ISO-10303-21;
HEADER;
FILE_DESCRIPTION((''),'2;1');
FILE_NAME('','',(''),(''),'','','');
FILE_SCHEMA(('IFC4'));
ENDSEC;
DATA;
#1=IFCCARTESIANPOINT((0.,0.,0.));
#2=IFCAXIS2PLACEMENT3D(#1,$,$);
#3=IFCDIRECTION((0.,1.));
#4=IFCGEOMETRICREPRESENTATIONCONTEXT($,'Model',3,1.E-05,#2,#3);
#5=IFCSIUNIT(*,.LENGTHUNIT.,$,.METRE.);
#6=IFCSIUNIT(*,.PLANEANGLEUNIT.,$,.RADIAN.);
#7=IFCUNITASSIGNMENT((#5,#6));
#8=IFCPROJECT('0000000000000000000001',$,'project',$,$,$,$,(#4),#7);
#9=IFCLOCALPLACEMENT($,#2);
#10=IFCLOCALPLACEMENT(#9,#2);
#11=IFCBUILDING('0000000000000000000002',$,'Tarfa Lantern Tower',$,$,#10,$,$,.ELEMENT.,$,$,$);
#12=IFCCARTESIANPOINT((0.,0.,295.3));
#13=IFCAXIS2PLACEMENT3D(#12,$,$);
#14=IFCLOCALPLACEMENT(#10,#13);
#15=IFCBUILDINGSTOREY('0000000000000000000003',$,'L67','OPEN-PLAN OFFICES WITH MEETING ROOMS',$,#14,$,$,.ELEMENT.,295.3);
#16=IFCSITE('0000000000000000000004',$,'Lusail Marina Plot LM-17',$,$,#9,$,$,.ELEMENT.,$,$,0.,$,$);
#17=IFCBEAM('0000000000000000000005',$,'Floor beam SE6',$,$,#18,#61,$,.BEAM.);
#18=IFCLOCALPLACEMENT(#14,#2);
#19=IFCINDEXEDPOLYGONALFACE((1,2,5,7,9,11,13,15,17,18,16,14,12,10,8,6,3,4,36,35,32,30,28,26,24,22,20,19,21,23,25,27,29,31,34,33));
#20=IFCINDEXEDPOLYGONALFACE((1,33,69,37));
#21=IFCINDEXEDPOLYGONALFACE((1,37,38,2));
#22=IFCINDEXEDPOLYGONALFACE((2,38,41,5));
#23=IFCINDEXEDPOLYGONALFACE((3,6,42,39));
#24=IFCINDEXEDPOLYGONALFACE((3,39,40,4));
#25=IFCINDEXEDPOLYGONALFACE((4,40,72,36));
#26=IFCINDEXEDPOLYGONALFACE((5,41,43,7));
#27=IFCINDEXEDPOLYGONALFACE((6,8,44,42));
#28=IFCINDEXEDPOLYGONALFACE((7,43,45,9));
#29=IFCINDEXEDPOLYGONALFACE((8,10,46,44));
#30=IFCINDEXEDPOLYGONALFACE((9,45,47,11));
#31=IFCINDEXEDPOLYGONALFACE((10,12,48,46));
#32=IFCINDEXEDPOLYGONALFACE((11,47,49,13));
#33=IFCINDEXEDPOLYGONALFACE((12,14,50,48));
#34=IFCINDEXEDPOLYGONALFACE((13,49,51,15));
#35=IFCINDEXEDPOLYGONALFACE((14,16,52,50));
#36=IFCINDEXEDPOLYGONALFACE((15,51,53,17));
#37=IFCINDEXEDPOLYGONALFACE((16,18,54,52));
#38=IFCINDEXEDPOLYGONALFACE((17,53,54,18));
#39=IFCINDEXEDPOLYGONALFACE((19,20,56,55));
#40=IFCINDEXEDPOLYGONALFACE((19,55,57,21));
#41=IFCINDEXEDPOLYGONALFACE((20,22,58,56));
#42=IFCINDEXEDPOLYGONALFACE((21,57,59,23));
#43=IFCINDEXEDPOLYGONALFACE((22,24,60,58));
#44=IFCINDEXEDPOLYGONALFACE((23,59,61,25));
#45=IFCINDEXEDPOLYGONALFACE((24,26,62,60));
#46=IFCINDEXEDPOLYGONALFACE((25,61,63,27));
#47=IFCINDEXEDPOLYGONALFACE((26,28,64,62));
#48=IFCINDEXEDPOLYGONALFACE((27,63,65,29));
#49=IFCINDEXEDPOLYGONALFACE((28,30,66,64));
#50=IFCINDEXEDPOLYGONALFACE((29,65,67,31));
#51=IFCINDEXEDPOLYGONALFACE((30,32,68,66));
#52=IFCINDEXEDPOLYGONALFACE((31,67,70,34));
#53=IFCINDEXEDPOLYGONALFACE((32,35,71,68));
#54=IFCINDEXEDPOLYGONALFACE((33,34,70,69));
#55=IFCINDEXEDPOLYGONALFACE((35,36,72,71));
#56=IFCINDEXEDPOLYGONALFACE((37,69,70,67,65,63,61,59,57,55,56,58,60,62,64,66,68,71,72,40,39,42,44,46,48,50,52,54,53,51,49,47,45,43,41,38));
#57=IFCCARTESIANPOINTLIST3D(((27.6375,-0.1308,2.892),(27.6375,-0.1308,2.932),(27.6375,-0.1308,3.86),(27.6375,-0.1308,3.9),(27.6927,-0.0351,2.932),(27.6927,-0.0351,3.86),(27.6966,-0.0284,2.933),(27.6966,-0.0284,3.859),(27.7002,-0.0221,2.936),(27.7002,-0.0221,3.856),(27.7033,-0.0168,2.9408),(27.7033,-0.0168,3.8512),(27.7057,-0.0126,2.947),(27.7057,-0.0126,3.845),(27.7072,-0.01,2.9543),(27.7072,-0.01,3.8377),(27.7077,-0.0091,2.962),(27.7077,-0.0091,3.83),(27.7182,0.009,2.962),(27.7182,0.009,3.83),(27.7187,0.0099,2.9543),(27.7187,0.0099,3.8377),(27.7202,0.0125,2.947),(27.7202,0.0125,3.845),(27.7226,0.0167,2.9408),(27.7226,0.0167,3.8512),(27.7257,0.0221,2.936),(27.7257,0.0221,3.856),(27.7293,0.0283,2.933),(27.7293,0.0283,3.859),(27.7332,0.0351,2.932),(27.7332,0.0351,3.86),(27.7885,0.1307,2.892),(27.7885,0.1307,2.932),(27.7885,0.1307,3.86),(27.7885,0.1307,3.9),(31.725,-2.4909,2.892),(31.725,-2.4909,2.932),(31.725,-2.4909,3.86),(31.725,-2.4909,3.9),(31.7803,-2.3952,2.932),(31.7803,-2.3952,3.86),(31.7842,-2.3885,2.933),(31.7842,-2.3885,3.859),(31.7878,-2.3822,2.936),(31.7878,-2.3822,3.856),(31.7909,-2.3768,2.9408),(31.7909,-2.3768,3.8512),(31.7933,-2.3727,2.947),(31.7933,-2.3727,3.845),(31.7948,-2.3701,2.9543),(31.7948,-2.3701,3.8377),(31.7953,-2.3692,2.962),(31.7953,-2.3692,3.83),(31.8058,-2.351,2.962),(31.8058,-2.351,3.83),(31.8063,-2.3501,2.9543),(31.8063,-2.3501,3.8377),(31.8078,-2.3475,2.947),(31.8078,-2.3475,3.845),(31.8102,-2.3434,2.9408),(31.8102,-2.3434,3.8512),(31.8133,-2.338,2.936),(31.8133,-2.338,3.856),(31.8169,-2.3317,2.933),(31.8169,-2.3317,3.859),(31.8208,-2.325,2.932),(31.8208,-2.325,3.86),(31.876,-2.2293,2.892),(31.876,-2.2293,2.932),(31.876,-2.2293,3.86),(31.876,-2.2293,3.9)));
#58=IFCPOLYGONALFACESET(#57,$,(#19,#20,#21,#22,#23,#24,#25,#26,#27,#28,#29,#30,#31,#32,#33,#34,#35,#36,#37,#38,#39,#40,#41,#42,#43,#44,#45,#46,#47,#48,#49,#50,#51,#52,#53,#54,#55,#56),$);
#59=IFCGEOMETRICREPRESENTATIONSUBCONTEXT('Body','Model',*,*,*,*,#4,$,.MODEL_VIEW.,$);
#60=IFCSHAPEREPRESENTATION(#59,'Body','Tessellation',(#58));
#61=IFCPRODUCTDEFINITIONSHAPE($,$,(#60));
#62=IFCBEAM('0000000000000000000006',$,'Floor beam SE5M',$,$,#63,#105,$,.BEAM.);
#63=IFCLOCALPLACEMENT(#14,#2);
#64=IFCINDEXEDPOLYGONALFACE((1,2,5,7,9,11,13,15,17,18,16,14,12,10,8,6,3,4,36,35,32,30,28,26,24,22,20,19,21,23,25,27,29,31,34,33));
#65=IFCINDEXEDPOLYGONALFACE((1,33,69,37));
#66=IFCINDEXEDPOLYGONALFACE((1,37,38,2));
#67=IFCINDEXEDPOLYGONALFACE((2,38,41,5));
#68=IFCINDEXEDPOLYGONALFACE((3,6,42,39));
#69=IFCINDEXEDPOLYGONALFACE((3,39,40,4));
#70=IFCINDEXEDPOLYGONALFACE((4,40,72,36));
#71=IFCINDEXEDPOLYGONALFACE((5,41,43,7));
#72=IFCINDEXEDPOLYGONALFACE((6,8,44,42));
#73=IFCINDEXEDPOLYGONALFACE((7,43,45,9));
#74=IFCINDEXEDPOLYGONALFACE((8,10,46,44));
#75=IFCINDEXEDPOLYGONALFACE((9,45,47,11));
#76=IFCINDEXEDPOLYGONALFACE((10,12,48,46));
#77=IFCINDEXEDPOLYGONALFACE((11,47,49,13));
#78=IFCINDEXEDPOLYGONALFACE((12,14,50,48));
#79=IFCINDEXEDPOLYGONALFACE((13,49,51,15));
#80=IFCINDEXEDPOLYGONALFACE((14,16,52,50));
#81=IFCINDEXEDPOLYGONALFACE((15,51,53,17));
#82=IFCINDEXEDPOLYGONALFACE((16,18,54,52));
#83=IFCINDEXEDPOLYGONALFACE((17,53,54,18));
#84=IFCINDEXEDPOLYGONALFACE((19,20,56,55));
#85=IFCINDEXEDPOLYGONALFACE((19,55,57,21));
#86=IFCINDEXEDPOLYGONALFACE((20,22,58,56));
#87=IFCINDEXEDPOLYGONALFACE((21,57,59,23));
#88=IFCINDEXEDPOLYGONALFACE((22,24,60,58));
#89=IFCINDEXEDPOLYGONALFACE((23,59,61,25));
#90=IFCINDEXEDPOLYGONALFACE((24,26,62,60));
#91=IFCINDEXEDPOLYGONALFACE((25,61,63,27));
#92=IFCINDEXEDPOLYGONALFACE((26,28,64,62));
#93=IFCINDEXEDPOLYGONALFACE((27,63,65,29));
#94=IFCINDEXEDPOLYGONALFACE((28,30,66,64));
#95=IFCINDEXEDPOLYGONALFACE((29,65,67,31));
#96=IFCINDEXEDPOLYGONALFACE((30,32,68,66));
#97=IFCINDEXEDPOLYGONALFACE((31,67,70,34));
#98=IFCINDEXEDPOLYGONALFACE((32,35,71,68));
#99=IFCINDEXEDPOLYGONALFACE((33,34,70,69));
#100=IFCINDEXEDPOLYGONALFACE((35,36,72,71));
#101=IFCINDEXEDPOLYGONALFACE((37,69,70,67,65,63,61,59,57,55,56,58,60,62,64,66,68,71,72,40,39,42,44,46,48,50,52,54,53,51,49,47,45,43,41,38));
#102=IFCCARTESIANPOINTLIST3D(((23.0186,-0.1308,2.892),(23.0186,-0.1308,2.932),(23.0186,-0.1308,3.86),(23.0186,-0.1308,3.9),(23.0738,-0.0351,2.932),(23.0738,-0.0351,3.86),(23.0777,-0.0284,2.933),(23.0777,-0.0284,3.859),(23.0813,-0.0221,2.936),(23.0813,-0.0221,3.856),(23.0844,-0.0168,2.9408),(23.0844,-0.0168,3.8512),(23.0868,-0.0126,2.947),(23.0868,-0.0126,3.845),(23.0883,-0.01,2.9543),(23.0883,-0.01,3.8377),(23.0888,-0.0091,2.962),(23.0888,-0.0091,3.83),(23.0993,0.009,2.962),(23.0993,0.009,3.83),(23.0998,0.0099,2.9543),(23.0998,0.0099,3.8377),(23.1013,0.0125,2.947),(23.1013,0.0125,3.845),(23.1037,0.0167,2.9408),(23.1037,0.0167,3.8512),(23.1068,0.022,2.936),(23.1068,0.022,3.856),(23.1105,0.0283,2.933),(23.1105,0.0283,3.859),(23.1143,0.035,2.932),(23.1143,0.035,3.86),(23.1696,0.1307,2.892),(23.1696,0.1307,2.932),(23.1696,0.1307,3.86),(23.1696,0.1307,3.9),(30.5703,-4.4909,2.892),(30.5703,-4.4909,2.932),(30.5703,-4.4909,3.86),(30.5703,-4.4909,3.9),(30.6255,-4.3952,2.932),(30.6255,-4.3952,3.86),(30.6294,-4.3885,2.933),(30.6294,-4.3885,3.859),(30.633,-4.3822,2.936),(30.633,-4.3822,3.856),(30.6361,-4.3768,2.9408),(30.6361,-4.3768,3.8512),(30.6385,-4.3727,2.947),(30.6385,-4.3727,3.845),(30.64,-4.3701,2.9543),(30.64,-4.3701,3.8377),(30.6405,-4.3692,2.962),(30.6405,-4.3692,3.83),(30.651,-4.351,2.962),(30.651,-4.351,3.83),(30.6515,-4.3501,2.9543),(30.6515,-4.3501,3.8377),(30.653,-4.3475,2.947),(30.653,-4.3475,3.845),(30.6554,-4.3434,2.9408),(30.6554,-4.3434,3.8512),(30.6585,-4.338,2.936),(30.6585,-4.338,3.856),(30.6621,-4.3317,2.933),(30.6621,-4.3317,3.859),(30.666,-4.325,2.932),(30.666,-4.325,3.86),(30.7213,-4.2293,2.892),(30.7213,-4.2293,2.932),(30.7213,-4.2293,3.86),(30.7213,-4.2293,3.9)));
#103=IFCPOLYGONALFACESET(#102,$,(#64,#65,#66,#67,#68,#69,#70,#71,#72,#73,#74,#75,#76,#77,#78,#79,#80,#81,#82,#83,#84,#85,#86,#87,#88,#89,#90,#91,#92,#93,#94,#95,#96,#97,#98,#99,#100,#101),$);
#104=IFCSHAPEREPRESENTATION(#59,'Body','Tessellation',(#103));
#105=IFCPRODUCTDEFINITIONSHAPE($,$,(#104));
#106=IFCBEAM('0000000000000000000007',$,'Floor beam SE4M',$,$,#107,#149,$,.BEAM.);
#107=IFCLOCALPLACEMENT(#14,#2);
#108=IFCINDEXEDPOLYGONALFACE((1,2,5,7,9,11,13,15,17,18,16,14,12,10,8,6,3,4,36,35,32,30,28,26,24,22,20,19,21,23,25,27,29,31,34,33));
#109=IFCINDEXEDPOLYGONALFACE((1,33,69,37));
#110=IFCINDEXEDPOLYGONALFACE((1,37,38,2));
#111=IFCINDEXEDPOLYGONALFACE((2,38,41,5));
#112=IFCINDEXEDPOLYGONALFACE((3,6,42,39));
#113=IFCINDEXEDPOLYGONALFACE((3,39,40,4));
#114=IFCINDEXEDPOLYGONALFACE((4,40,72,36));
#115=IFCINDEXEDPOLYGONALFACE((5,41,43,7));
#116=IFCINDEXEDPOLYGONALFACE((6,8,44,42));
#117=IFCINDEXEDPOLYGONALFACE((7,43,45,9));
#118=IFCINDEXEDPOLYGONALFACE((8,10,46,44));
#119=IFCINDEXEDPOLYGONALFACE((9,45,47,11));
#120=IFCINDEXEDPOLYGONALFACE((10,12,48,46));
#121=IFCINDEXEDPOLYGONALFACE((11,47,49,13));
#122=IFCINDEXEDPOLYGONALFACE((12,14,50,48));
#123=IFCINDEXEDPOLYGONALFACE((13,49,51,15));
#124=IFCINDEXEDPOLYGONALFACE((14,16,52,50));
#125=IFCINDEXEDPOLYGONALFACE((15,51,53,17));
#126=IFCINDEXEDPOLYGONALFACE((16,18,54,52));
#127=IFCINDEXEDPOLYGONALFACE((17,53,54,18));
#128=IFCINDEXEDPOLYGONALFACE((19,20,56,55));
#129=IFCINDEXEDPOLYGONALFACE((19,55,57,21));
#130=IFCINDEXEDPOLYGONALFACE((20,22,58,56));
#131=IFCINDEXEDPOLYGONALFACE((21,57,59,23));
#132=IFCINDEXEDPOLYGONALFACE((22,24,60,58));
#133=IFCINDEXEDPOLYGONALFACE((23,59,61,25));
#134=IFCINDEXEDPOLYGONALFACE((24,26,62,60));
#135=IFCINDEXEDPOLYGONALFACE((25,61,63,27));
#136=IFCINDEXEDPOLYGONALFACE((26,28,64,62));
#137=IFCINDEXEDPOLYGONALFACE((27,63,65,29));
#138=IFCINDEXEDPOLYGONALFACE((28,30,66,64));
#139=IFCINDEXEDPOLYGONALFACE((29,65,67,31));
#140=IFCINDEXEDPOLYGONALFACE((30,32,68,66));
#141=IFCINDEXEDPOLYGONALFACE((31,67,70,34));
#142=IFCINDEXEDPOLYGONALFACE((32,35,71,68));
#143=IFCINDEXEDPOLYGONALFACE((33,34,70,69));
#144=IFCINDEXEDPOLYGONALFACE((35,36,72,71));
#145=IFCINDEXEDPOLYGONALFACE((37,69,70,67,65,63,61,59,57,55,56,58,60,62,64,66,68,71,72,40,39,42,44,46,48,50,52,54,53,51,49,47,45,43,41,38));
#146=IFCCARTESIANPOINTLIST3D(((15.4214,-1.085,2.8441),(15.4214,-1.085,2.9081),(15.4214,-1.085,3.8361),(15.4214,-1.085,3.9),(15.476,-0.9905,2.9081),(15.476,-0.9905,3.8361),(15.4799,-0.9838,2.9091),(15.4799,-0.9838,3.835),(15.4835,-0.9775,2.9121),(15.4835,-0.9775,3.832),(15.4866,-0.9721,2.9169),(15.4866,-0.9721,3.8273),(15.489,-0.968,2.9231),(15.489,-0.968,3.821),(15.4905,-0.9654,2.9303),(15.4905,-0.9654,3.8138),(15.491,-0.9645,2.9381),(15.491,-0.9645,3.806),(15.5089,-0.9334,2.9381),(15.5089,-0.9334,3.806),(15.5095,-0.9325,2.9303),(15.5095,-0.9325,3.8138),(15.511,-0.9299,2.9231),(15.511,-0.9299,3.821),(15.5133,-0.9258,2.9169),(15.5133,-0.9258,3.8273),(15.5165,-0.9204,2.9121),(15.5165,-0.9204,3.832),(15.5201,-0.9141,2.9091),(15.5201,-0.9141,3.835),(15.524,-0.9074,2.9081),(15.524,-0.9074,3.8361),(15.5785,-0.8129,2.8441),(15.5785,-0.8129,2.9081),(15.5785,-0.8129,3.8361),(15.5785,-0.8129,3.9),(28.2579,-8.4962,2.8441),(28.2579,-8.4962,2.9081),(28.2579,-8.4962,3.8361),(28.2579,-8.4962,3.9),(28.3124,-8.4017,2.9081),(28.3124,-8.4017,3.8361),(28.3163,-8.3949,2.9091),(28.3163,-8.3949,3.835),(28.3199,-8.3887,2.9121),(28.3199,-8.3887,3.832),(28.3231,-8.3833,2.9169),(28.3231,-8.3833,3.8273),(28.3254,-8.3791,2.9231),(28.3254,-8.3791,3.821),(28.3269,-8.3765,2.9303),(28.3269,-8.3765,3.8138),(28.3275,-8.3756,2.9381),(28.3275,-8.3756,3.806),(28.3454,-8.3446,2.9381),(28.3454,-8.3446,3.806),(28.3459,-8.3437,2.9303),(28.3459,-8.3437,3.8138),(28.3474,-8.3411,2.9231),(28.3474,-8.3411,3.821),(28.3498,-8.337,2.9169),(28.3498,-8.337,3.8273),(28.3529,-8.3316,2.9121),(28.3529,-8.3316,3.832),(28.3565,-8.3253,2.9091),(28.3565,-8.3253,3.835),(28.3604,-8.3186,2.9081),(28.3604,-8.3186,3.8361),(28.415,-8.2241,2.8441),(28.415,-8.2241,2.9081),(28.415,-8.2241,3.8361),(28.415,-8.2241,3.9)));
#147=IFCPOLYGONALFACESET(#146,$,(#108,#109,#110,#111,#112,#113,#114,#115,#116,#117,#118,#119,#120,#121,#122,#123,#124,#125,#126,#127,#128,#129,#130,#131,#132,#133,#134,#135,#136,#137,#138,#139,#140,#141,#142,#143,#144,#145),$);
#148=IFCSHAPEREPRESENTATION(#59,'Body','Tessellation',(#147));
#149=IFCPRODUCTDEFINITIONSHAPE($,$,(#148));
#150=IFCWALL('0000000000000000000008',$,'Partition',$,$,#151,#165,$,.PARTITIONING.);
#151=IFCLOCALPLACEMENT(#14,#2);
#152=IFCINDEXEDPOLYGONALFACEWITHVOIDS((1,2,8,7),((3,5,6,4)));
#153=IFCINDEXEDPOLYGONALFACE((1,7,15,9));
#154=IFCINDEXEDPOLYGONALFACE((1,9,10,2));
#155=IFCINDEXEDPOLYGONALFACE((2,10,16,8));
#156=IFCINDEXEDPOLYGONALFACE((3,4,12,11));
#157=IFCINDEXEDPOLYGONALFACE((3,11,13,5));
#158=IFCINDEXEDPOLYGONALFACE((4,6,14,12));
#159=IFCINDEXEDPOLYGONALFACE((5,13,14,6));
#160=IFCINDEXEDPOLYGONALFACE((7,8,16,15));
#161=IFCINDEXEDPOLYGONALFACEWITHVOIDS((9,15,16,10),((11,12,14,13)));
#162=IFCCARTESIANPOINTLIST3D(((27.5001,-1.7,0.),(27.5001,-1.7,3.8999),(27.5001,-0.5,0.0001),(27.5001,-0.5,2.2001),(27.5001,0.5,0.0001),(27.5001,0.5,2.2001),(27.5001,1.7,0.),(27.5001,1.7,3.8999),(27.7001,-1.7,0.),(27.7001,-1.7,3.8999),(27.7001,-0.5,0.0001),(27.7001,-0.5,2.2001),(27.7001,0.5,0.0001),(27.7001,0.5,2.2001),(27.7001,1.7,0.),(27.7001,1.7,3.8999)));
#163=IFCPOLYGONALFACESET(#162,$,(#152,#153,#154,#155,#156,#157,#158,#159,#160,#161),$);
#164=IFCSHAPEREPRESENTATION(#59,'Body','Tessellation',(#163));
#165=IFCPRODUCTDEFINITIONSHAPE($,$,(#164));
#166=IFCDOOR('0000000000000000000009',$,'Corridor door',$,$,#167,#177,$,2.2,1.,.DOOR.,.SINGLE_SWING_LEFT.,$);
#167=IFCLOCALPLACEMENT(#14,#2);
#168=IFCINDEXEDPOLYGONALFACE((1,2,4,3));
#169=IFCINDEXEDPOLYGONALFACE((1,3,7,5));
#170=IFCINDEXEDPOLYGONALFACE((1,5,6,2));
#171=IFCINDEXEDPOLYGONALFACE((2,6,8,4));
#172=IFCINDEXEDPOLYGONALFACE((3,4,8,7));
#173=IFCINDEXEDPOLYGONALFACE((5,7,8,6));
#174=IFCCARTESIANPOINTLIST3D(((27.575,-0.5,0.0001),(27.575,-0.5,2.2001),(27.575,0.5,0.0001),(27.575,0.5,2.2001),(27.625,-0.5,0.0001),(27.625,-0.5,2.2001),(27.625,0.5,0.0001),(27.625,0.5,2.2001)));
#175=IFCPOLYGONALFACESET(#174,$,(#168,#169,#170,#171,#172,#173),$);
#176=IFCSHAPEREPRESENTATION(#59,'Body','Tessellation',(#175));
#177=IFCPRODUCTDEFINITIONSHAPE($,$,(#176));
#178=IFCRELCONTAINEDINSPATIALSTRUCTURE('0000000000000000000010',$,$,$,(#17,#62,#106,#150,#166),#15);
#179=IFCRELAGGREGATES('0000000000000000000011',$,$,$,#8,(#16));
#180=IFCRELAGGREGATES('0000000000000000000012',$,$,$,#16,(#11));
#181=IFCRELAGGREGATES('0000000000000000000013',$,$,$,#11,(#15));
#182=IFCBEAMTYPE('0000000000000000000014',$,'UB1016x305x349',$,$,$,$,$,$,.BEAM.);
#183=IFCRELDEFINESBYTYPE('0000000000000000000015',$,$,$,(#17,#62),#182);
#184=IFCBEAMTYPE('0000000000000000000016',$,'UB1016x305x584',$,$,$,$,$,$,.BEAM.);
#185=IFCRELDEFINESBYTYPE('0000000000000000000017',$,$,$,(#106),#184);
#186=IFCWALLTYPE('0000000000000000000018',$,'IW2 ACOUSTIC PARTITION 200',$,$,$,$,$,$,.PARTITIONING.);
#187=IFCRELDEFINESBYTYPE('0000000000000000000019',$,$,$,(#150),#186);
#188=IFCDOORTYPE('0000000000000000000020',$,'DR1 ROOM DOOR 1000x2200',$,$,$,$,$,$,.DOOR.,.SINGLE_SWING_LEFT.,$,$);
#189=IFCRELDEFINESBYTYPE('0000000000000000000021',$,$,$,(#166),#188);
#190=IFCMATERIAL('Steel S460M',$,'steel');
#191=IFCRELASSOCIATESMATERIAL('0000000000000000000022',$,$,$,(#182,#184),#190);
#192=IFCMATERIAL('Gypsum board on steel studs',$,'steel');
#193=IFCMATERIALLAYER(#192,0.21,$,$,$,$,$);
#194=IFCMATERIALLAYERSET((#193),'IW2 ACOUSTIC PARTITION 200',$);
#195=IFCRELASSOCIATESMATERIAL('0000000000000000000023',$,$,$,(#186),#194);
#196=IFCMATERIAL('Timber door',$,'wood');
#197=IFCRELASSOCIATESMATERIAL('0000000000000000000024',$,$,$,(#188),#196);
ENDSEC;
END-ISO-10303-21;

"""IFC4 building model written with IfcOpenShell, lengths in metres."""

from ifc_helpers import new_model, si_unit, direction, frame, frame_2d, origin, origin_2d, place, context, subcontext, project, spatial, rectangle, i_section, extrude, material, layer, layer_set, material_profile, profile_set, type_object, element, fill, save


model = new_model("IFC4")

# Units and contexts
model_context = context("Model", 3, precision=1e-05, world=origin(), true_north=direction((0.0, 1.0)))
body_context = subcontext(model_context, "Body", "Model", "MODEL_VIEW")
ifc_project = project(units=[si_unit("LENGTHUNIT", "METRE"), si_unit("PLANEANGLEUNIT", "RADIAN")], contexts=[model_context])

# Site, building, storey
site_placement = place(None, origin())
site = spatial("IfcSite", under=ifc_project, at=site_placement, Name="Lusail Marina Plot LM-17", CompositionType="ELEMENT", RefElevation=0.0)
building_placement = place(site_placement, origin())
building = spatial("IfcBuilding", under=site, at=building_placement, Name="Tarfa Lantern Tower", CompositionType="ELEMENT")
storey_placement = place(building_placement, frame((0.0, 0.0, 295.3)))
storey = spatial("IfcBuildingStorey", under=building, at=storey_placement, Name="L67", Description="OPEN-PLAN OFFICES WITH MEETING ROOMS", CompositionType="ELEMENT", Elevation=295.3)

# Beams
ifc_material_1 = material(Name="Steel S460M", Category="steel")
ifc_material_profile_1 = material_profile(ifc_material_1, i_section(OverallWidth=0.302, OverallDepth=1.0081, WebThickness=0.021, FlangeThickness=0.04, FilletRadius=0.03, at=origin_2d()), Name="UB1016x305x349")
ifc_profile_set_1 = profile_set([ifc_material_profile_1], Name="Steel S460M")
beam_type_1 = type_object("IfcBeamType", Name="UB1016x305x349", PredefinedType="BEAM", material=ifc_profile_set_1)
beam_1_placement = place(storey_placement, frame((31.8005, -2.3601, 3.396), z_axis=(-0.866016, 0.500016, 0.0), x_axis=(-0.500016, -0.866016, 0.0)))
element("IfcBeam", 1, at=beam_1_placement, inside=storey, type_object=beam_type_1, Name="Floor beam SE6", PredefinedType="BEAM", context=body_context, shape_type="SweptSolid", body=[
    extrude(i_section(OverallWidth=0.302, OverallDepth=1.0081, WebThickness=0.021, FlangeThickness=0.04, FilletRadius=0.03, at=origin_2d()), origin(), (0.0, 0.0, 1.0), 4.72),
])
beam_2_placement = place(storey_placement, frame((30.6458, -4.3601, 3.396), z_axis=(-0.866021, 0.500008, 0.0), x_axis=(-0.500008, -0.866021, 0.0)))
element("IfcBeam", 2, at=beam_2_placement, inside=storey, type_object=beam_type_1, Name="Floor beam SE5M", PredefinedType="BEAM", context=body_context, shape_type="SweptSolid", body=[
    extrude(i_section(OverallWidth=0.302, OverallDepth=1.0081, WebThickness=0.021, FlangeThickness=0.04, FilletRadius=0.03, at=origin_2d()), origin(), (0.0, 0.0, 1.0), 8.72),
])
ifc_material_profile_2 = material_profile(ifc_material_1, i_section(OverallWidth=0.3142, OverallDepth=1.0559, WebThickness=0.0359, FlangeThickness=0.064, FilletRadius=0.03, at=origin_2d()), Name="UB1016x305x584")
ifc_profile_set_2 = profile_set([ifc_material_profile_2], Name="Steel S460M")
beam_type_2 = type_object("IfcBeamType", Name="UB1016x305x584", PredefinedType="BEAM", material=ifc_profile_set_2)
beam_3_placement = place(storey_placement, frame((28.3364, -8.3601, 3.3721), z_axis=(-0.866025, 0.500001, 0.0), x_axis=(-0.500001, -0.866025, 0.0)))
element("IfcBeam", 3, at=beam_3_placement, inside=storey, type_object=beam_type_2, Name="Floor beam SE4M", PredefinedType="BEAM", context=body_context, shape_type="SweptSolid", body=[
    extrude(i_section(OverallWidth=0.3142, OverallDepth=1.0559, WebThickness=0.0359, FlangeThickness=0.064, FilletRadius=0.03, at=origin_2d()), origin(), (0.0, 0.0, 1.0), 14.8223),
])

# Wall, opening, door
ifc_material_2 = material(Name="Gypsum board on steel studs", Category="steel")
ifc_layer = layer(ifc_material_2, 0.21)
ifc_layer_set = layer_set([ifc_layer], Name="IW2 ACOUSTIC PARTITION 200")
wall_type = type_object("IfcWallType", Name="IW2 ACOUSTIC PARTITION 200", PredefinedType="PARTITIONING", material=ifc_layer_set)
wall_placement = place(storey_placement, frame((27.6001, -1.7, 0.0), z_axis=(0.0, 0.0, 1.0), x_axis=(0.0, 1.0, 0.0)))
wall = element("IfcWall", 4, at=wall_placement, inside=storey, type_object=wall_type, Name="Partition", PredefinedType="PARTITIONING", context=body_context, shape_type="SweptSolid", body=[
    extrude(rectangle(XDim=3.3999, YDim=0.2, at=frame_2d((1.7, 0.0))), origin(), (0.0, 0.0, 1.0), 3.8999),
])
opening_placement = place(wall_placement, frame((1.2, 0.0, 0.0)))
opening = element("IfcOpeningElement", 5, at=opening_placement, cuts=wall, PredefinedType="OPENING", context=body_context, shape_type="SweptSolid", body=[
    extrude(rectangle(XDim=1.0, YDim=2.2, at=frame_2d((0.5, 1.1001))), frame((0.0, 0.1099, 0.0), z_axis=(0.0, -1.0, 0.0), x_axis=(1.0, 0.0, 0.0)), (0.0, 0.0, 1.0), 0.22),
])
ifc_material_3 = material(Name="Timber door", Category="wood")
door_type = type_object("IfcDoorType", Name="DR1 ROOM DOOR 1000x2200", OperationType="SINGLE_SWING_LEFT", PredefinedType="DOOR", material=ifc_material_3)
door_placement = place(opening_placement, frame((1.0, 0.0, 0.0), z_axis=(0.0, 0.0, 1.0), x_axis=(-1.0, 0.0, 0.0)))
door = element("IfcDoor", 6, at=door_placement, inside=storey, type_object=door_type, Name="Corridor door", OperationType="SINGLE_SWING_LEFT", OverallHeight=2.2, OverallWidth=1.0, PredefinedType="DOOR", context=body_context, shape_type="SweptSolid", body=[
    extrude(rectangle(XDim=1.0, YDim=2.2, at=frame_2d((0.5, 1.1001))), frame((0.0, 0.0249, 0.0), z_axis=(0.0, -1.0, 0.0), x_axis=(1.0, 0.0, 0.0)), (0.0, 0.0, 1.0), 0.05),
])
fill(opening, door)

save(model, "model.ifc")
